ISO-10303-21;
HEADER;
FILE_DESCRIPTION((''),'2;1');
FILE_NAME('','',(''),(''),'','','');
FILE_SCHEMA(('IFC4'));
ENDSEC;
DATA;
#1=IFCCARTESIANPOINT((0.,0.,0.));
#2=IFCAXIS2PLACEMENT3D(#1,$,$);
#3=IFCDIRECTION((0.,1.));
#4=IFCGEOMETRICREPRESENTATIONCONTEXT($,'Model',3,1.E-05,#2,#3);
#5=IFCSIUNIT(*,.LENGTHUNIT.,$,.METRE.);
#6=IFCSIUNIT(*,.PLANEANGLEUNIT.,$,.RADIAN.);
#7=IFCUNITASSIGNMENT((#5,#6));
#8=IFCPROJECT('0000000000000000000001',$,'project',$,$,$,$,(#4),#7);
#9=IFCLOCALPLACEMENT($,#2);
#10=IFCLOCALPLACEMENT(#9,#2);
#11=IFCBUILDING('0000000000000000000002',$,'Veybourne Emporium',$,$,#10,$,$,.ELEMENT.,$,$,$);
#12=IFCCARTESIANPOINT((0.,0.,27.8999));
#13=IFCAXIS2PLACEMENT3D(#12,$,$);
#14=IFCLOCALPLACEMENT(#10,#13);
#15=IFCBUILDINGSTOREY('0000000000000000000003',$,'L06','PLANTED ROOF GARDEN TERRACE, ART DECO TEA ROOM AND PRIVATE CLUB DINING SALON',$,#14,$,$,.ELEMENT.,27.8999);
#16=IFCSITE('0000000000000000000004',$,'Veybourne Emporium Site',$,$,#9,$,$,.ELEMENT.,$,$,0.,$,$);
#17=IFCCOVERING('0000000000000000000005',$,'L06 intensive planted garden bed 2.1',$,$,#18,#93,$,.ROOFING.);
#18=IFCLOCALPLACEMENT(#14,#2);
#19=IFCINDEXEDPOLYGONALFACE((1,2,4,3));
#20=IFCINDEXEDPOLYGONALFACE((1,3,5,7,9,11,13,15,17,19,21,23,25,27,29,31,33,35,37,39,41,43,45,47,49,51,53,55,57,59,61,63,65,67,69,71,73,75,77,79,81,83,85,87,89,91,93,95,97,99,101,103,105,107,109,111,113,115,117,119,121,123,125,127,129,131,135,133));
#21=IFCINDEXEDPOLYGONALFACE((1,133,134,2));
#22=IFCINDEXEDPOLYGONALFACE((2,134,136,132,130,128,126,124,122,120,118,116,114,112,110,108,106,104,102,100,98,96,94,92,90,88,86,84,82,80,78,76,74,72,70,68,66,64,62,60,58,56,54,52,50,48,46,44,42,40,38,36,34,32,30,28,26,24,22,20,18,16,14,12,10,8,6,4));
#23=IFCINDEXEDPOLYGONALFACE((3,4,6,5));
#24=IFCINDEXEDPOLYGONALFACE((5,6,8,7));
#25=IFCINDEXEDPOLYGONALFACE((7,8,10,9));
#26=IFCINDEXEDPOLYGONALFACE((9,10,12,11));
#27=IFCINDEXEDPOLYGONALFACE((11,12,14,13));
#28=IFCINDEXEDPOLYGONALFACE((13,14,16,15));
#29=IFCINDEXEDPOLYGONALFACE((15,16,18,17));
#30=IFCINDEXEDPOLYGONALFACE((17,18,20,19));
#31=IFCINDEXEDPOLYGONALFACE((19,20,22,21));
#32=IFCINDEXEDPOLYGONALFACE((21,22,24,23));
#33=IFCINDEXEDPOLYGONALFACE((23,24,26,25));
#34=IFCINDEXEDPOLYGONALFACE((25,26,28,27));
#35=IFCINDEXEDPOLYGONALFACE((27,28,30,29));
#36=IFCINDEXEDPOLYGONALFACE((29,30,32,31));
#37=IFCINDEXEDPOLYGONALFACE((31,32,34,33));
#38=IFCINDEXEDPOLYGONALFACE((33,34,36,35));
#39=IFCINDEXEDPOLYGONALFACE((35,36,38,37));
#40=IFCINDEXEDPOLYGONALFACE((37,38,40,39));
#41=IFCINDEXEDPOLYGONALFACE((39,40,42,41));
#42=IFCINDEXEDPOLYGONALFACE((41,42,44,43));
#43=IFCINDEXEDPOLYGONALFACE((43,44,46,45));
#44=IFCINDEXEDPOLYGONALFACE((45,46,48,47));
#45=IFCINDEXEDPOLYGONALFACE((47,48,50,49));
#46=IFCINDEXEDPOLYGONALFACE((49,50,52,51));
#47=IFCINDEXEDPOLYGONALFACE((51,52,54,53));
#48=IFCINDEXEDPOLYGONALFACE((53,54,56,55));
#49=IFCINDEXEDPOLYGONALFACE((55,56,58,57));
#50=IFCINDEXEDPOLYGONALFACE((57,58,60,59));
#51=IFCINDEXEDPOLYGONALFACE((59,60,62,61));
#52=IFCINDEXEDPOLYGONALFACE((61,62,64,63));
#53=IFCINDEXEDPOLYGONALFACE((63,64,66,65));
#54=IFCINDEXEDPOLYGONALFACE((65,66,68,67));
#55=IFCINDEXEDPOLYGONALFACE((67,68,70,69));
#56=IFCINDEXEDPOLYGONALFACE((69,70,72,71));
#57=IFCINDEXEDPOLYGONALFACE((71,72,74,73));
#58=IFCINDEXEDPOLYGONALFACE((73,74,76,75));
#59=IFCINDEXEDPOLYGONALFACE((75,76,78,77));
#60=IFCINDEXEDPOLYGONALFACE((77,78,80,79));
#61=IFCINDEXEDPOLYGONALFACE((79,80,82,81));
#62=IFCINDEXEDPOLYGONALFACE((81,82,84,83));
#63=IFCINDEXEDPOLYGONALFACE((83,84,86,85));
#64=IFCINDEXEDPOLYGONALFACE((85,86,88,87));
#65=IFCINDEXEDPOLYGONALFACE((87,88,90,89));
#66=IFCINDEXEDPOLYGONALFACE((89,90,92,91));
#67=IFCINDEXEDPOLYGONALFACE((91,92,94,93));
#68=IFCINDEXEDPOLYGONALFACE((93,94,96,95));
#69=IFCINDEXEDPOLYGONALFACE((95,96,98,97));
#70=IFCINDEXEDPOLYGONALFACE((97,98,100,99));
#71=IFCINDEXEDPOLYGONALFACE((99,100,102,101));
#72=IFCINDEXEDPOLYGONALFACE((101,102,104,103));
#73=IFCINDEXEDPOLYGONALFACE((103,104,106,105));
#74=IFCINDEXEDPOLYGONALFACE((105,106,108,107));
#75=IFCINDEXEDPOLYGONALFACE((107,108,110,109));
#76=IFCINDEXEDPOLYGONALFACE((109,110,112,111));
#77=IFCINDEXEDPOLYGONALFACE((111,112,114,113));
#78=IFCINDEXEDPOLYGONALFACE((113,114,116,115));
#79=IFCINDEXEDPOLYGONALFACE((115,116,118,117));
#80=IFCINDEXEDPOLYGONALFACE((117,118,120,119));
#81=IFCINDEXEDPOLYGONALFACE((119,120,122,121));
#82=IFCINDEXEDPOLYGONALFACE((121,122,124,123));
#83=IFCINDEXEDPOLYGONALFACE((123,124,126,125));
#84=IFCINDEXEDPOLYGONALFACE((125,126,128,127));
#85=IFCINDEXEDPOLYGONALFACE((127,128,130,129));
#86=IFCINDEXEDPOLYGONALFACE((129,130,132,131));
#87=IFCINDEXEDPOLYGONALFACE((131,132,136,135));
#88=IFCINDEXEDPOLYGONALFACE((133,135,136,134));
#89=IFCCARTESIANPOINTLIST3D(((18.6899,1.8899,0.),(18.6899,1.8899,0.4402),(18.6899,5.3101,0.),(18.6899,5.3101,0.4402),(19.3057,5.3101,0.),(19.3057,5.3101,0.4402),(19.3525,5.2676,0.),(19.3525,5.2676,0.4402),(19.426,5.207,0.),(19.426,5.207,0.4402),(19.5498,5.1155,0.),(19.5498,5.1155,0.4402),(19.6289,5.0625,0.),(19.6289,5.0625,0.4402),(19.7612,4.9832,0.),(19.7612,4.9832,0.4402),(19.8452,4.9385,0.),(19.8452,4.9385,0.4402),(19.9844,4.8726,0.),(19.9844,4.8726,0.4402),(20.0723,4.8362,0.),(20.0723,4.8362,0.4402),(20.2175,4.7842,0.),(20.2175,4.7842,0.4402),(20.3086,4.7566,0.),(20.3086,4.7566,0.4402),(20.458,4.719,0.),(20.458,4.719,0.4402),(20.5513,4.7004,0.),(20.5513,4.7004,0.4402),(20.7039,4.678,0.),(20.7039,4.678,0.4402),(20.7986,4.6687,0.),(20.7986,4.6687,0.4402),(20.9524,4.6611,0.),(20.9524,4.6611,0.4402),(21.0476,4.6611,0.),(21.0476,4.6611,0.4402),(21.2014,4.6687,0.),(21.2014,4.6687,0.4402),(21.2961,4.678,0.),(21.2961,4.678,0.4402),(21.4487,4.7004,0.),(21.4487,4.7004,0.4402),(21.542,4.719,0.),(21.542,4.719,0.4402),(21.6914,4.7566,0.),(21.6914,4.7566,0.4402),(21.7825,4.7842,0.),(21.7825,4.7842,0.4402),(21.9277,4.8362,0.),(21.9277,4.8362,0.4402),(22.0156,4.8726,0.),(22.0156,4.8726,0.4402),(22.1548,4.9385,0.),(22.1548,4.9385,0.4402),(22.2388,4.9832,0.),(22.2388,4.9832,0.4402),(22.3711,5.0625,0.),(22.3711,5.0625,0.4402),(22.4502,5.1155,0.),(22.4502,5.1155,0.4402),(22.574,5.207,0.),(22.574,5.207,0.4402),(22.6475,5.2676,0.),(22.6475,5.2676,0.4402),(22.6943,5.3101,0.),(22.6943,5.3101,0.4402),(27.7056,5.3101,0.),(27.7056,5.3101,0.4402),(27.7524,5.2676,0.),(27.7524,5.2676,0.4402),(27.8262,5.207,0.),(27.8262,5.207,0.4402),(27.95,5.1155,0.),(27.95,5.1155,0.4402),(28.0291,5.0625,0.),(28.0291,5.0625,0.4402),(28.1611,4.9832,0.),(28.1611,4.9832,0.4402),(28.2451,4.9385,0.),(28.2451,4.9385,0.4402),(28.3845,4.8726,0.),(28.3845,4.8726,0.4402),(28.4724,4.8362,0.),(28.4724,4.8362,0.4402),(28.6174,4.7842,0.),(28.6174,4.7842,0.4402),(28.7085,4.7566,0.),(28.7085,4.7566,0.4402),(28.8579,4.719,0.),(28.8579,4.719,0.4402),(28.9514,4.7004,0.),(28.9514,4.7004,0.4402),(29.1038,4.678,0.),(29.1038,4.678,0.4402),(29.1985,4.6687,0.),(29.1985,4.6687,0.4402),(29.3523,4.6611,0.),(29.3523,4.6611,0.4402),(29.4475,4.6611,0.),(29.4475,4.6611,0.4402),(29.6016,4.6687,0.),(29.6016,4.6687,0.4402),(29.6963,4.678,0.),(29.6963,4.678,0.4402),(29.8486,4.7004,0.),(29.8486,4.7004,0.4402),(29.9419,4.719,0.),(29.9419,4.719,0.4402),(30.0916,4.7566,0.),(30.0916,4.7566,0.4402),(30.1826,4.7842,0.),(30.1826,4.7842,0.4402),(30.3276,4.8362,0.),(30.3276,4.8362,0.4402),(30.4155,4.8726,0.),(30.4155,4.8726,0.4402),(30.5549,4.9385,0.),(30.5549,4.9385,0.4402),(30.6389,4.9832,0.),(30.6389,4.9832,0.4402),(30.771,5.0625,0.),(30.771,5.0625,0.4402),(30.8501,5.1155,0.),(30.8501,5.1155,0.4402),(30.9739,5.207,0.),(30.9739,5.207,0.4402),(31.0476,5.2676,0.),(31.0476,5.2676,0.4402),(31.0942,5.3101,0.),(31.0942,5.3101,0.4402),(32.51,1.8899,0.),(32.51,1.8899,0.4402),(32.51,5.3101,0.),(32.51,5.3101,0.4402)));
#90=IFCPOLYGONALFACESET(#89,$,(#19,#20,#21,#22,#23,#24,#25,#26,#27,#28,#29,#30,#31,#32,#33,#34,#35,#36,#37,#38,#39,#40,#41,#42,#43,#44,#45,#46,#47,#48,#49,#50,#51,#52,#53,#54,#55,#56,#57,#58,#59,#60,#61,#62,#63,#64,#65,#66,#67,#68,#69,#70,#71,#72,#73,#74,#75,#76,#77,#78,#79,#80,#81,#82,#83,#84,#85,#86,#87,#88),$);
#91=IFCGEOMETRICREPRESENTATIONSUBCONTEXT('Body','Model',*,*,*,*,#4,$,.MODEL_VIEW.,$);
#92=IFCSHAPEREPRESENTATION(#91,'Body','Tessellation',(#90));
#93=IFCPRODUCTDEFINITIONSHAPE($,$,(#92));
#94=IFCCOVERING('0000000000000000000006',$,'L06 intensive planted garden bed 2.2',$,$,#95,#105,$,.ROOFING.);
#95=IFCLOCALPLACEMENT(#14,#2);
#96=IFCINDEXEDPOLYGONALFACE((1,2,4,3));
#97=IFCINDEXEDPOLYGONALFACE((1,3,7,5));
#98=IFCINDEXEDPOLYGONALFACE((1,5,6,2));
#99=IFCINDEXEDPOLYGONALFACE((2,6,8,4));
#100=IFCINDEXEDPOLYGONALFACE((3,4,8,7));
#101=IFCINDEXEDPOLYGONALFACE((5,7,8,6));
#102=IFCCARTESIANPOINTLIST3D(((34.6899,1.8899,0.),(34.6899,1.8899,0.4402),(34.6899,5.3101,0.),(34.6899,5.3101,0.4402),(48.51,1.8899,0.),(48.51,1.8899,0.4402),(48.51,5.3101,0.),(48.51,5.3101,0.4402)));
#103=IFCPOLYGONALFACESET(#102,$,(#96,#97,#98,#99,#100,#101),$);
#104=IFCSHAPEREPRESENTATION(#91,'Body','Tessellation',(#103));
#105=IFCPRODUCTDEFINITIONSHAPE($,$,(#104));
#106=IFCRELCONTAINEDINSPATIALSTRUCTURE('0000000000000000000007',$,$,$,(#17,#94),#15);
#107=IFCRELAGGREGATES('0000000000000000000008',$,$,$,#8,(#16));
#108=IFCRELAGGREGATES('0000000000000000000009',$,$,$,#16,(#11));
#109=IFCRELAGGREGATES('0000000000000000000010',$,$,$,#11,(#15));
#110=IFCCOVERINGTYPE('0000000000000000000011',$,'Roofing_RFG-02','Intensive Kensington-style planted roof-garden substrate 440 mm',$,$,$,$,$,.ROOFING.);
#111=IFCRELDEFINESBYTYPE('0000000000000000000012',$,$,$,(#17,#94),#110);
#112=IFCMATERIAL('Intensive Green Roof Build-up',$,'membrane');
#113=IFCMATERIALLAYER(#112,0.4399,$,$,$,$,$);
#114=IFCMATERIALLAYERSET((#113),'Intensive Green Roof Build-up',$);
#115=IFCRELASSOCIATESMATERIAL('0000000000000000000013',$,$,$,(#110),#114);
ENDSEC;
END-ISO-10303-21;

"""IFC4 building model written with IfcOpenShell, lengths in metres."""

from ifc_helpers import new_model, si_unit, direction, frame, origin, place, context, subcontext, project, spatial, polyline, outline, extrude, material, layer, layer_set, type_object, element, save


model = new_model("IFC4")

# Units and contexts
model_context = context("Model", 3, precision=1e-05, world=origin(), true_north=direction((0.0, 1.0)))
body_context = subcontext(model_context, "Body", "Model", "MODEL_VIEW")
ifc_project = project(units=[si_unit("LENGTHUNIT", "METRE"), si_unit("PLANEANGLEUNIT", "RADIAN")], contexts=[model_context])

# Site, building, storey
site_placement = place(None, origin())
site = spatial("IfcSite", under=ifc_project, at=site_placement, Name="Veybourne Emporium Site", CompositionType="ELEMENT", RefElevation=0.0)
building_placement = place(site_placement, origin())
building = spatial("IfcBuilding", under=site, at=building_placement, Name="Veybourne Emporium", CompositionType="ELEMENT")
storey_placement = place(building_placement, frame((0.0, 0.0, 27.8999)))
storey = spatial("IfcBuildingStorey", under=building, at=storey_placement, Name="L06", Description="PLANTED ROOF GARDEN TERRACE, ART DECO TEA ROOM AND PRIVATE CLUB DINING SALON", CompositionType="ELEMENT", Elevation=27.8999)

# Coverings
ifc_material_1 = material(Name="Intensive Green Roof Build-up", Category="membrane")
ifc_layer_1 = layer(ifc_material_1, 0.4399)
ifc_layer_set_1 = layer_set([ifc_layer_1], Name="Intensive Green Roof Build-up")
covering_type_1 = type_object("IfcCoveringType", Name="Roofing_RFG-02", Description="Intensive Kensington-style planted roof-garden substrate 440 mm", PredefinedType="ROOFING", material=ifc_layer_set_1)
covering_1_placement = place(storey_placement, origin())
element("IfcCovering", 1, at=covering_1_placement, inside=storey, type_object=covering_type_1, Name="L06 intensive planted garden bed 2.1", PredefinedType="ROOFING", context=body_context, shape_type="SweptSolid", body=[
    extrude(outline(polyline([(19.3057, 5.3101), (19.3525, 5.2676), (19.426, 5.207), (19.5498, 5.1155), (19.6289, 5.0625), (19.7612, 4.9832), (19.8452, 4.9385), (19.9844, 4.8726), (20.0723, 4.8362), (20.2175, 4.7842), (20.3086, 4.7566), (20.458, 4.719), (20.5513, 4.7004), (20.7039, 4.678), (20.7986, 4.6687), (20.9524, 4.6611), (21.0476, 4.6611), (21.2014, 4.6687), (21.2961, 4.678), (21.4487, 4.7004), (21.542, 4.719), (21.6914, 4.7566), (21.7825, 4.7842), (21.9277, 4.8362), (22.0156, 4.8726), (22.1548, 4.9385), (22.2388, 4.9832), (22.3711, 5.0625), (22.4502, 5.1155), (22.574, 5.207), (22.6475, 5.2676), (22.6943, 5.3101), (27.7056, 5.3101), (27.7524, 5.2676), (27.8262, 5.207), (27.95, 5.1155), (28.0291, 5.0625), (28.1611, 4.9832), (28.2451, 4.9385), (28.3845, 4.8726), (28.4724, 4.8362), (28.6174, 4.7842), (28.7085, 4.7566), (28.8579, 4.719), (28.9514, 4.7004), (29.1038, 4.678), (29.1985, 4.6687), (29.3523, 4.6611), (29.4475, 4.6611), (29.6016, 4.6687), (29.6963, 4.678), (29.8486, 4.7004), (29.9419, 4.719), (30.0916, 4.7566), (30.1826, 4.7842), (30.3276, 4.8362), (30.4155, 4.8726), (30.5549, 4.9385), (30.6389, 4.9832), (30.771, 5.0625), (30.8501, 5.1155), (30.9739, 5.207), (31.0476, 5.2676), (31.0942, 5.3101), (32.51, 5.3101), (32.51, 1.8899), (18.6899, 1.8899), (18.6899, 5.3101), (19.3057, 5.3101)])), origin(), (0.0, 0.0, 1.0), 0.4402),
])
covering_2_placement = place(storey_placement, origin())
element("IfcCovering", 2, at=covering_2_placement, inside=storey, type_object=covering_type_1, Name="L06 intensive planted garden bed 2.2", PredefinedType="ROOFING", context=body_context, shape_type="SweptSolid", body=[
    extrude(outline(polyline([(48.51, 5.3101), (48.51, 1.8899), (34.6899, 1.8899), (34.6899, 5.3101), (48.51, 5.3101)])), origin(), (0.0, 0.0, 1.0), 0.4402),
])

save(model, "model.ifc")
